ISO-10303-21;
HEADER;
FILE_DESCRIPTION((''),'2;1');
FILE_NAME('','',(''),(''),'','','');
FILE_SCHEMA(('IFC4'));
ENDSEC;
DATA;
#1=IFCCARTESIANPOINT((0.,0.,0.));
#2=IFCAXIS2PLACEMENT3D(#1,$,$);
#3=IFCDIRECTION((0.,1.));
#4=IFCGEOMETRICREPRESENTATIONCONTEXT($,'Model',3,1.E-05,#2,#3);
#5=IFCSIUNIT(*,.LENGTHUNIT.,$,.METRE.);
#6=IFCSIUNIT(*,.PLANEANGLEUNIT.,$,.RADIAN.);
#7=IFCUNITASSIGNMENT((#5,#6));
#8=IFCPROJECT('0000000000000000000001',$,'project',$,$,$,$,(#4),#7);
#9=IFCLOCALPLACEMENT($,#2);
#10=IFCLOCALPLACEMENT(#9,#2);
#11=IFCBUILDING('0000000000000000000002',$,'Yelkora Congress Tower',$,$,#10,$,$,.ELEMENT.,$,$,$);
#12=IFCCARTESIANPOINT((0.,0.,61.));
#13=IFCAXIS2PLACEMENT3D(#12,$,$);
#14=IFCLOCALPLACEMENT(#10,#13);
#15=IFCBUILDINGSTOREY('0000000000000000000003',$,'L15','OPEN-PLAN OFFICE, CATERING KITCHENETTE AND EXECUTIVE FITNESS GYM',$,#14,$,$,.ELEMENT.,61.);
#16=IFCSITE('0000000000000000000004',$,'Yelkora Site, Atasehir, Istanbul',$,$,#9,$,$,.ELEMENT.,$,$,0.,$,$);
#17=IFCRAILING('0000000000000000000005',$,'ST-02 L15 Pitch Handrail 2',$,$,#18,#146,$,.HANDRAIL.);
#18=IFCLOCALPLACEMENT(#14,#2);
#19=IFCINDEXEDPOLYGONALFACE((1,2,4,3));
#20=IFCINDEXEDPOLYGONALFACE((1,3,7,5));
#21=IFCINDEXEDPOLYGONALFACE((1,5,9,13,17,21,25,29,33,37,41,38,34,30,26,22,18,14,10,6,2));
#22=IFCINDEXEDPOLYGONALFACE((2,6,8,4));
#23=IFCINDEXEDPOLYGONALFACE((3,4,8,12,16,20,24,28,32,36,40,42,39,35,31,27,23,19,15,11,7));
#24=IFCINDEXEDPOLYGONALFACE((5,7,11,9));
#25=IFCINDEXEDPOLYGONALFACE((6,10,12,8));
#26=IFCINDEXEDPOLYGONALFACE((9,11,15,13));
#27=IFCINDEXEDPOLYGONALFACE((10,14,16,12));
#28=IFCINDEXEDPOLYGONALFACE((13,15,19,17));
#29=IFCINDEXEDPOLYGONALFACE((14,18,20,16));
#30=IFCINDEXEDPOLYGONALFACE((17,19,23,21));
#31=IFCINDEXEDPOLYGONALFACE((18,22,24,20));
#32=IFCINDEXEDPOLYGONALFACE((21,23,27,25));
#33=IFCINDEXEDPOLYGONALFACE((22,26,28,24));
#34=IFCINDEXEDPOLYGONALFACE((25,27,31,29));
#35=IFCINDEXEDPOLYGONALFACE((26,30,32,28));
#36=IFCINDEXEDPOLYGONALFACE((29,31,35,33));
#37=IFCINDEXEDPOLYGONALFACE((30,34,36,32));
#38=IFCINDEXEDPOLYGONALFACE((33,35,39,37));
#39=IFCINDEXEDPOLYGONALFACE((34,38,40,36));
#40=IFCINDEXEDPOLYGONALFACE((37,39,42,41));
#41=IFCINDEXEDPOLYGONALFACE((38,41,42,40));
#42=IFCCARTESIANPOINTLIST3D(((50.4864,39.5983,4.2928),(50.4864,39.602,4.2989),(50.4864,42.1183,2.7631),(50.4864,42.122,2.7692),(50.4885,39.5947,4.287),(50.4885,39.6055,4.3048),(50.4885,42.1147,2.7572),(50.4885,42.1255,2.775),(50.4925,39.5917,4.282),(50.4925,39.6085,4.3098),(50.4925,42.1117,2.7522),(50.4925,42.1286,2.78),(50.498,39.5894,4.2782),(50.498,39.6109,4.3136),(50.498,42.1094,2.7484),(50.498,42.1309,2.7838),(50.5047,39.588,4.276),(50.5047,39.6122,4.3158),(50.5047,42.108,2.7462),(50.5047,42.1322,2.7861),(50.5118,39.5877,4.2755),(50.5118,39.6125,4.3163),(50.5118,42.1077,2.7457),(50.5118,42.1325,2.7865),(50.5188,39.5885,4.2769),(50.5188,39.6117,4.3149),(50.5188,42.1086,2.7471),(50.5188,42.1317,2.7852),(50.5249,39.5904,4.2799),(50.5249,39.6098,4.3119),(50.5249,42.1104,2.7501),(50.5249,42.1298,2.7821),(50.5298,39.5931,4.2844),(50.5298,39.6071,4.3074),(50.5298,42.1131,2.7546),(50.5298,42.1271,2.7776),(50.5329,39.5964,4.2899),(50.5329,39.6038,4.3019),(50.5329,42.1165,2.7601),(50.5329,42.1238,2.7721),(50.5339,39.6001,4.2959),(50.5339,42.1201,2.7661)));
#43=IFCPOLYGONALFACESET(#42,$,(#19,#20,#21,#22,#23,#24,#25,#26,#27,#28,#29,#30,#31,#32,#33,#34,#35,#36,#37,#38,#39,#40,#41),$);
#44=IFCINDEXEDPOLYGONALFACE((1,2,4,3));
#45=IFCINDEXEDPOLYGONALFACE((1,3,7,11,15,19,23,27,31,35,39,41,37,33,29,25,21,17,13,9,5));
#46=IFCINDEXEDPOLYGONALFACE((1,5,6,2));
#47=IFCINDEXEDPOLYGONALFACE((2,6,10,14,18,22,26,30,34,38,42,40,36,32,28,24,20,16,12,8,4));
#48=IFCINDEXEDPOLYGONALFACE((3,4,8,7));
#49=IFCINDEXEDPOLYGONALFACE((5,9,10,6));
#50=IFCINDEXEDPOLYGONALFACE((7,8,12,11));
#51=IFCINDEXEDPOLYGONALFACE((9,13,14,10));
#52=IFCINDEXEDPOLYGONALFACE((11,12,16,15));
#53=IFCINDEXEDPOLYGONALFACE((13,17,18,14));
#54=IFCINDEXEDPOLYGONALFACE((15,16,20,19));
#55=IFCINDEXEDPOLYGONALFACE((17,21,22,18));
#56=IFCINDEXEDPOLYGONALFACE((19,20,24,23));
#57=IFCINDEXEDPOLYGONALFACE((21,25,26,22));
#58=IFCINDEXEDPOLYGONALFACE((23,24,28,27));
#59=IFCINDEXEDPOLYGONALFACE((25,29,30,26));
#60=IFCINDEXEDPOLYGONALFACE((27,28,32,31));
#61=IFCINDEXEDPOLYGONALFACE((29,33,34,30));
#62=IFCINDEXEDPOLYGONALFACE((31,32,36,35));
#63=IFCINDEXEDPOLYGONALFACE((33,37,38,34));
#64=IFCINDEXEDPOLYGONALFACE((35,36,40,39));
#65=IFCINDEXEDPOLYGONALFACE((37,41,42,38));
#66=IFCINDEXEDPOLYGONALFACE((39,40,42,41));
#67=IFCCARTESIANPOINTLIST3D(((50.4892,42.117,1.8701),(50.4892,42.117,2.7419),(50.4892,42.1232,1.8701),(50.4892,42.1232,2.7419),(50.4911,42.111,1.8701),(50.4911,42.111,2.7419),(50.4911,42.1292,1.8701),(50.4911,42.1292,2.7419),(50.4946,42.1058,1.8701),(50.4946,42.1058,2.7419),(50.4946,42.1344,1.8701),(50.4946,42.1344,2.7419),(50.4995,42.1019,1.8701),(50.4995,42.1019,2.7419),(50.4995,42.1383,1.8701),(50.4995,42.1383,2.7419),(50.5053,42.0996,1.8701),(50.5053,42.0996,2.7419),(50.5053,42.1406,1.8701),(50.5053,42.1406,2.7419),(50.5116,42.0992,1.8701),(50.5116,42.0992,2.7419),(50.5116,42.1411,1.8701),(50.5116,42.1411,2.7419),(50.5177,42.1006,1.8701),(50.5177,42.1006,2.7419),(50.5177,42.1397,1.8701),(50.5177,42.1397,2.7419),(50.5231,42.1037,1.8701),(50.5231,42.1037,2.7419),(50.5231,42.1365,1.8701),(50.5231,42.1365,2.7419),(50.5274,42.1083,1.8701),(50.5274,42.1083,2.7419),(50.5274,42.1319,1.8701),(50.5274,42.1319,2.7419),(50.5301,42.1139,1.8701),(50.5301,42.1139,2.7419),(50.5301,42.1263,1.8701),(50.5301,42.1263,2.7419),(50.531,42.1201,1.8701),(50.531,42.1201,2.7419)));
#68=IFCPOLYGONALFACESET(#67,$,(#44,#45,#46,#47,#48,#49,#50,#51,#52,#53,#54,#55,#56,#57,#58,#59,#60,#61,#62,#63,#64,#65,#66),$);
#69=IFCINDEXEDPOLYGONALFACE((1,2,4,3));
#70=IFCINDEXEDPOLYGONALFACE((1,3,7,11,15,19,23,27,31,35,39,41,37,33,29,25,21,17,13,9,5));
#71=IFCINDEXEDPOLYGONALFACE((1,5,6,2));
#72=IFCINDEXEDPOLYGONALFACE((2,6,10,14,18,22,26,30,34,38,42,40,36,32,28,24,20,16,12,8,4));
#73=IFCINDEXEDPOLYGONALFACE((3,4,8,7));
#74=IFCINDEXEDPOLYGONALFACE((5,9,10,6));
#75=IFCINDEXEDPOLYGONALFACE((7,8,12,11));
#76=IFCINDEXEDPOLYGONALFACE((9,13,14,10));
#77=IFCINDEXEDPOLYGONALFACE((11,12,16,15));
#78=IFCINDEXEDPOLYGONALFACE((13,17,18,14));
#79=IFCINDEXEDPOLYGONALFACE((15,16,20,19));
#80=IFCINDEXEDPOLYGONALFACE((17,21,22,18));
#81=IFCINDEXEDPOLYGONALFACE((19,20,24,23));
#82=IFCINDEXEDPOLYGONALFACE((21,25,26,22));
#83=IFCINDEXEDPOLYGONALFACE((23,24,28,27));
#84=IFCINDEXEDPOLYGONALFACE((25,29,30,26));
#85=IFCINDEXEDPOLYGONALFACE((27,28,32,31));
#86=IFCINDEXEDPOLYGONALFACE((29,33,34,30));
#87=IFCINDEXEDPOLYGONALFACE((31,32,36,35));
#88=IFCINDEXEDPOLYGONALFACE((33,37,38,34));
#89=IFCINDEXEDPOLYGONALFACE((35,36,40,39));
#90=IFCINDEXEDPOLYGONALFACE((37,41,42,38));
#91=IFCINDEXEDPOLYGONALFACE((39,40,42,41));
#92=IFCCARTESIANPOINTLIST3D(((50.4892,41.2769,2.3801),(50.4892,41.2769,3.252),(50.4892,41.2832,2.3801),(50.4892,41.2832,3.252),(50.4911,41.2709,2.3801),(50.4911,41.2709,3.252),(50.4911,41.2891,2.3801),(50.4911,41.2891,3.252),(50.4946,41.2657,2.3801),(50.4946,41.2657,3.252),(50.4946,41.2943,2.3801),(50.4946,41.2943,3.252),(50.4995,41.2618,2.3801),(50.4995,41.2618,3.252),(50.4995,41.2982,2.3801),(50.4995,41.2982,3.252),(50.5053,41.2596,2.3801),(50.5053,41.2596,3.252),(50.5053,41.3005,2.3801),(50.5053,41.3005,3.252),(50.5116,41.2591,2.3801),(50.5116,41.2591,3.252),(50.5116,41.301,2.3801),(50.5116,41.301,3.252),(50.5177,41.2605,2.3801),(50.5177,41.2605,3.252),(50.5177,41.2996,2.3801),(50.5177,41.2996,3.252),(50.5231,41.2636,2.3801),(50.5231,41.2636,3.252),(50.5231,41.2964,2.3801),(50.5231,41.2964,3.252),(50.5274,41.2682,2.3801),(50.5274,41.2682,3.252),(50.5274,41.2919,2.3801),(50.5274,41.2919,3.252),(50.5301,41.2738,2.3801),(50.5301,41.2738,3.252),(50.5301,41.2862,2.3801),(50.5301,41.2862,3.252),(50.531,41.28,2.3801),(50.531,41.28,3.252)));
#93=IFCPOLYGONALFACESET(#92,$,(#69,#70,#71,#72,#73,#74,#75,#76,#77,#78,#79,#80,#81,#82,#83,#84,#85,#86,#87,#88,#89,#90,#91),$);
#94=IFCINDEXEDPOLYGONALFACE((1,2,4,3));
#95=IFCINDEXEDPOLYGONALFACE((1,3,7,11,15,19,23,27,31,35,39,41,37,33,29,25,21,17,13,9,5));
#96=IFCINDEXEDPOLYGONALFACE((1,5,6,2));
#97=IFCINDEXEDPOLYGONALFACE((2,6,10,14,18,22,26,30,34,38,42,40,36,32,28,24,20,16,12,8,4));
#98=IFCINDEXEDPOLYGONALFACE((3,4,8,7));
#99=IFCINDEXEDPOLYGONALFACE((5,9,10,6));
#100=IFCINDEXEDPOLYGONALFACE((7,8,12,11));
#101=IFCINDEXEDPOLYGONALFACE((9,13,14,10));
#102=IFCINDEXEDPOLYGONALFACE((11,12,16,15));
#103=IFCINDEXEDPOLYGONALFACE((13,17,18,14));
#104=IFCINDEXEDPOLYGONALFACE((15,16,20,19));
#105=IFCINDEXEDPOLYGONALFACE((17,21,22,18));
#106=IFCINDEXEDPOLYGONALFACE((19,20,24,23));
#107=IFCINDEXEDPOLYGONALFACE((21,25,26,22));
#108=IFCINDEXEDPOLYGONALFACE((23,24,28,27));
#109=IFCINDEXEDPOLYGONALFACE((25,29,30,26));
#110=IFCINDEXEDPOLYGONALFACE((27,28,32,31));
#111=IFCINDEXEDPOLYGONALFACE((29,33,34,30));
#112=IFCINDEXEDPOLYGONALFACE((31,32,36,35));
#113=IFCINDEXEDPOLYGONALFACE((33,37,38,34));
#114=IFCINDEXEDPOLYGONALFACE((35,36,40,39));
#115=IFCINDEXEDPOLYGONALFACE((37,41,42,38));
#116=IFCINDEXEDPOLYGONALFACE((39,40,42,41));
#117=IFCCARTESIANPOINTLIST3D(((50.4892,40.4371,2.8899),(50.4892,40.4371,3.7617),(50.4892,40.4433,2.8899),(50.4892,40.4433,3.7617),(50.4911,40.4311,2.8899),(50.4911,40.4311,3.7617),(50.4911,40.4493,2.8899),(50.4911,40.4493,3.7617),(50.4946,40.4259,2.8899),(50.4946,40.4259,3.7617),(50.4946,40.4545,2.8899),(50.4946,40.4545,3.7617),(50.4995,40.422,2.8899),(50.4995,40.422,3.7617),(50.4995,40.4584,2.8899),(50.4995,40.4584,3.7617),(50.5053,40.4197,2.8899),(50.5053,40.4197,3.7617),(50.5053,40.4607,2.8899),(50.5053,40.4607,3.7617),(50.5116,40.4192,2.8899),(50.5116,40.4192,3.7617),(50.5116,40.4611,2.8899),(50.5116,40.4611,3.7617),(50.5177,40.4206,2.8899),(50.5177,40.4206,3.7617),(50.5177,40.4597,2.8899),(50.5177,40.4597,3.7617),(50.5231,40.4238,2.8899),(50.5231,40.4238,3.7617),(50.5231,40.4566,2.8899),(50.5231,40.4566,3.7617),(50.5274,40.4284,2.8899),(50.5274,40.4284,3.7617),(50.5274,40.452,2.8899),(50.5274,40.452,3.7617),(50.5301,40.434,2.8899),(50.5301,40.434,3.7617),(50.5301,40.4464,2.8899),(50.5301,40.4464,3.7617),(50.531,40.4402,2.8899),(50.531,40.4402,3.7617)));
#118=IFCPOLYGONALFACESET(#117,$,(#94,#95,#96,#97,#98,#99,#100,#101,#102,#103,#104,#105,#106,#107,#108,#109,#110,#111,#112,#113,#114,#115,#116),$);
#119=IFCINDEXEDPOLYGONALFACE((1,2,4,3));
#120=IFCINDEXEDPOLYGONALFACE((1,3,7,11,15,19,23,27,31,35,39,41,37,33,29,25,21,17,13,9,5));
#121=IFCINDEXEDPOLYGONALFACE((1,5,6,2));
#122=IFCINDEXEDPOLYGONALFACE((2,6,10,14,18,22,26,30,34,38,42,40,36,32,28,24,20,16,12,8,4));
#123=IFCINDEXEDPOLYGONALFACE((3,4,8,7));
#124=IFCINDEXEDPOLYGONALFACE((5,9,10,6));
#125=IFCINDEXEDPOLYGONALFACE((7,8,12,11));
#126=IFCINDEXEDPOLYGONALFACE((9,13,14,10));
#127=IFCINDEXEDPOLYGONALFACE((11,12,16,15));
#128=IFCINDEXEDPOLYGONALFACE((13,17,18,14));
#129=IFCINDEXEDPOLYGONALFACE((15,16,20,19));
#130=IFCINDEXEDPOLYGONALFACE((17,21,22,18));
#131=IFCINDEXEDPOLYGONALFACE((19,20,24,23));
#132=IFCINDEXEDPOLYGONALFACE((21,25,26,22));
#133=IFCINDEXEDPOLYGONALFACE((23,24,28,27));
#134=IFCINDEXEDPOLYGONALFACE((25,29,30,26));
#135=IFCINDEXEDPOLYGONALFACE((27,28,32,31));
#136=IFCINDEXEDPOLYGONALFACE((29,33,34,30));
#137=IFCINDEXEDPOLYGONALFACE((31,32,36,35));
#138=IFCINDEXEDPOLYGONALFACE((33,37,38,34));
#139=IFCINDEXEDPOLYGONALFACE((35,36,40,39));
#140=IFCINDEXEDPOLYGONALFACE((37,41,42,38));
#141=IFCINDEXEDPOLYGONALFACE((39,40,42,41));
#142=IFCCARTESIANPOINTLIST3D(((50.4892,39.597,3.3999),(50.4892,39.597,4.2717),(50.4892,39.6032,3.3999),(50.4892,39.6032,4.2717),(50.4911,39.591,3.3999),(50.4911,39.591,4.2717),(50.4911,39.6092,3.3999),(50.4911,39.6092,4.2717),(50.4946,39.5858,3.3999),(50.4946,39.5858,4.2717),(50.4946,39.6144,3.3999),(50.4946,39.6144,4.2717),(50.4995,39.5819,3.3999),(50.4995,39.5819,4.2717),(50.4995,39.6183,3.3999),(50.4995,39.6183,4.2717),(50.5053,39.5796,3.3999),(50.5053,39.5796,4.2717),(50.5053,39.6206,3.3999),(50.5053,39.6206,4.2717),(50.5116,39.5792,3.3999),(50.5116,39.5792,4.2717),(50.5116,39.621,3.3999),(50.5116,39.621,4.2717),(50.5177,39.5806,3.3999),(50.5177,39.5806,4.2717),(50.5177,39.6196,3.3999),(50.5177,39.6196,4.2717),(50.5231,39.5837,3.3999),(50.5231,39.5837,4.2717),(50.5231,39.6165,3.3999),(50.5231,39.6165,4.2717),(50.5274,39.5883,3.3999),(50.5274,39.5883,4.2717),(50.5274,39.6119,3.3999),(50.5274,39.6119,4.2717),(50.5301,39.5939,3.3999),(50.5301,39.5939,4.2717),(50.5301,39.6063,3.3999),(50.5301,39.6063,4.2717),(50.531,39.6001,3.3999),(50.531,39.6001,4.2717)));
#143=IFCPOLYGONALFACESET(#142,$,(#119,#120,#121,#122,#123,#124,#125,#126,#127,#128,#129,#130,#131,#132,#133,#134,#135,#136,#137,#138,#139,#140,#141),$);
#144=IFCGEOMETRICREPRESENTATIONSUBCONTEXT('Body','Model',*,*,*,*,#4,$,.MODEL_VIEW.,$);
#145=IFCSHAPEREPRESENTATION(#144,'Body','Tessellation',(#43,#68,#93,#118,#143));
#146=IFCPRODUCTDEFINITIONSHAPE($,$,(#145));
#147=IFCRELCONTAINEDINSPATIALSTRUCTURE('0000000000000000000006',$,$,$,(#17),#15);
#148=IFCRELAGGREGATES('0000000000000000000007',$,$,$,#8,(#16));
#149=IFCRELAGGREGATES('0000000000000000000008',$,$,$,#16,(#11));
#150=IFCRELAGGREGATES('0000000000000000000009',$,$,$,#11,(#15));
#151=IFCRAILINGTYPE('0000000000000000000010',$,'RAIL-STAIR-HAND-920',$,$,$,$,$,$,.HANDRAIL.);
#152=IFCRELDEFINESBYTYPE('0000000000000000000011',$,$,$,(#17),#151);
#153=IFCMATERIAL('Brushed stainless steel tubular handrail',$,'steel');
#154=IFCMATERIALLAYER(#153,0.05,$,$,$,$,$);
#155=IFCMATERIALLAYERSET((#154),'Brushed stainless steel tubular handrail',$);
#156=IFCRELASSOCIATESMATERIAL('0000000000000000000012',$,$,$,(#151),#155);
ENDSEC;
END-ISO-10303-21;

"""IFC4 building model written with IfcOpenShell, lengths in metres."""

from ifc_helpers import new_model, si_unit, direction, frame, origin, origin_2d, place, context, subcontext, project, spatial, circle, extrude, material, layer, layer_set, type_object, element, save


model = new_model("IFC4")

# Units and contexts
model_context = context("Model", 3, precision=1e-05, world=origin(), true_north=direction((0.0, 1.0)))
body_context = subcontext(model_context, "Body", "Model", "MODEL_VIEW")
ifc_project = project(units=[si_unit("LENGTHUNIT", "METRE"), si_unit("PLANEANGLEUNIT", "RADIAN")], contexts=[model_context])

# Site, building, storey
site_placement = place(None, origin())
site = spatial("IfcSite", under=ifc_project, at=site_placement, Name="Yelkora Site, Atasehir, Istanbul", CompositionType="ELEMENT", RefElevation=0.0)
building_placement = place(site_placement, origin())
building = spatial("IfcBuilding", under=site, at=building_placement, Name="Yelkora Congress Tower", CompositionType="ELEMENT")
storey_placement = place(building_placement, frame((0.0, 0.0, 61.0)))
storey = spatial("IfcBuildingStorey", under=building, at=storey_placement, Name="L15", Description="OPEN-PLAN OFFICE, CATERING KITCHENETTE AND EXECUTIVE FITNESS GYM", CompositionType="ELEMENT", Elevation=61.0)

# Railing
ifc_material_1 = material(Name="Brushed stainless steel tubular handrail", Category="steel")
ifc_layer_1 = layer(ifc_material_1, 0.05)
ifc_layer_set_1 = layer_set([ifc_layer_1], Name="Brushed stainless steel tubular handrail")
railing_type_1 = type_object("IfcRailingType", Name="RAIL-STAIR-HAND-920", PredefinedType="HANDRAIL", material=ifc_layer_set_1)
railing_1_placement = place(storey_placement, frame((50.51, 42.1201, 1.8701)))
element("IfcRailing", 1, at=railing_1_placement, inside=storey, type_object=railing_type_1, Name="ST-02 L15 Pitch Handrail 2", PredefinedType="HANDRAIL", context=body_context, shape_type="SweptSolid", body=[
    extrude(circle(Radius=0.0239, at=origin_2d()), frame((0.0, 0.0, 0.896), z_axis=(0.0, -0.854822, 0.518922), x_axis=(1.0, 0.0, 0.0)), (0.0, 0.0, 1.0), 2.948),
    extrude(circle(Radius=0.021, at=origin_2d()), origin(), (0.0, 0.0, 1.0), 0.8718),
    extrude(circle(Radius=0.021, at=origin_2d()), frame((0.0, -0.8401, 0.51)), (0.0, 0.0, 1.0), 0.8718),
    extrude(circle(Radius=0.021, at=origin_2d()), frame((0.0, -1.6799, 1.0198)), (0.0, 0.0, 1.0), 0.8718),
    extrude(circle(Radius=0.021, at=origin_2d()), frame((0.0, -2.52, 1.5298)), (0.0, 0.0, 1.0), 0.8718),
])

save(model, "model.ifc")
